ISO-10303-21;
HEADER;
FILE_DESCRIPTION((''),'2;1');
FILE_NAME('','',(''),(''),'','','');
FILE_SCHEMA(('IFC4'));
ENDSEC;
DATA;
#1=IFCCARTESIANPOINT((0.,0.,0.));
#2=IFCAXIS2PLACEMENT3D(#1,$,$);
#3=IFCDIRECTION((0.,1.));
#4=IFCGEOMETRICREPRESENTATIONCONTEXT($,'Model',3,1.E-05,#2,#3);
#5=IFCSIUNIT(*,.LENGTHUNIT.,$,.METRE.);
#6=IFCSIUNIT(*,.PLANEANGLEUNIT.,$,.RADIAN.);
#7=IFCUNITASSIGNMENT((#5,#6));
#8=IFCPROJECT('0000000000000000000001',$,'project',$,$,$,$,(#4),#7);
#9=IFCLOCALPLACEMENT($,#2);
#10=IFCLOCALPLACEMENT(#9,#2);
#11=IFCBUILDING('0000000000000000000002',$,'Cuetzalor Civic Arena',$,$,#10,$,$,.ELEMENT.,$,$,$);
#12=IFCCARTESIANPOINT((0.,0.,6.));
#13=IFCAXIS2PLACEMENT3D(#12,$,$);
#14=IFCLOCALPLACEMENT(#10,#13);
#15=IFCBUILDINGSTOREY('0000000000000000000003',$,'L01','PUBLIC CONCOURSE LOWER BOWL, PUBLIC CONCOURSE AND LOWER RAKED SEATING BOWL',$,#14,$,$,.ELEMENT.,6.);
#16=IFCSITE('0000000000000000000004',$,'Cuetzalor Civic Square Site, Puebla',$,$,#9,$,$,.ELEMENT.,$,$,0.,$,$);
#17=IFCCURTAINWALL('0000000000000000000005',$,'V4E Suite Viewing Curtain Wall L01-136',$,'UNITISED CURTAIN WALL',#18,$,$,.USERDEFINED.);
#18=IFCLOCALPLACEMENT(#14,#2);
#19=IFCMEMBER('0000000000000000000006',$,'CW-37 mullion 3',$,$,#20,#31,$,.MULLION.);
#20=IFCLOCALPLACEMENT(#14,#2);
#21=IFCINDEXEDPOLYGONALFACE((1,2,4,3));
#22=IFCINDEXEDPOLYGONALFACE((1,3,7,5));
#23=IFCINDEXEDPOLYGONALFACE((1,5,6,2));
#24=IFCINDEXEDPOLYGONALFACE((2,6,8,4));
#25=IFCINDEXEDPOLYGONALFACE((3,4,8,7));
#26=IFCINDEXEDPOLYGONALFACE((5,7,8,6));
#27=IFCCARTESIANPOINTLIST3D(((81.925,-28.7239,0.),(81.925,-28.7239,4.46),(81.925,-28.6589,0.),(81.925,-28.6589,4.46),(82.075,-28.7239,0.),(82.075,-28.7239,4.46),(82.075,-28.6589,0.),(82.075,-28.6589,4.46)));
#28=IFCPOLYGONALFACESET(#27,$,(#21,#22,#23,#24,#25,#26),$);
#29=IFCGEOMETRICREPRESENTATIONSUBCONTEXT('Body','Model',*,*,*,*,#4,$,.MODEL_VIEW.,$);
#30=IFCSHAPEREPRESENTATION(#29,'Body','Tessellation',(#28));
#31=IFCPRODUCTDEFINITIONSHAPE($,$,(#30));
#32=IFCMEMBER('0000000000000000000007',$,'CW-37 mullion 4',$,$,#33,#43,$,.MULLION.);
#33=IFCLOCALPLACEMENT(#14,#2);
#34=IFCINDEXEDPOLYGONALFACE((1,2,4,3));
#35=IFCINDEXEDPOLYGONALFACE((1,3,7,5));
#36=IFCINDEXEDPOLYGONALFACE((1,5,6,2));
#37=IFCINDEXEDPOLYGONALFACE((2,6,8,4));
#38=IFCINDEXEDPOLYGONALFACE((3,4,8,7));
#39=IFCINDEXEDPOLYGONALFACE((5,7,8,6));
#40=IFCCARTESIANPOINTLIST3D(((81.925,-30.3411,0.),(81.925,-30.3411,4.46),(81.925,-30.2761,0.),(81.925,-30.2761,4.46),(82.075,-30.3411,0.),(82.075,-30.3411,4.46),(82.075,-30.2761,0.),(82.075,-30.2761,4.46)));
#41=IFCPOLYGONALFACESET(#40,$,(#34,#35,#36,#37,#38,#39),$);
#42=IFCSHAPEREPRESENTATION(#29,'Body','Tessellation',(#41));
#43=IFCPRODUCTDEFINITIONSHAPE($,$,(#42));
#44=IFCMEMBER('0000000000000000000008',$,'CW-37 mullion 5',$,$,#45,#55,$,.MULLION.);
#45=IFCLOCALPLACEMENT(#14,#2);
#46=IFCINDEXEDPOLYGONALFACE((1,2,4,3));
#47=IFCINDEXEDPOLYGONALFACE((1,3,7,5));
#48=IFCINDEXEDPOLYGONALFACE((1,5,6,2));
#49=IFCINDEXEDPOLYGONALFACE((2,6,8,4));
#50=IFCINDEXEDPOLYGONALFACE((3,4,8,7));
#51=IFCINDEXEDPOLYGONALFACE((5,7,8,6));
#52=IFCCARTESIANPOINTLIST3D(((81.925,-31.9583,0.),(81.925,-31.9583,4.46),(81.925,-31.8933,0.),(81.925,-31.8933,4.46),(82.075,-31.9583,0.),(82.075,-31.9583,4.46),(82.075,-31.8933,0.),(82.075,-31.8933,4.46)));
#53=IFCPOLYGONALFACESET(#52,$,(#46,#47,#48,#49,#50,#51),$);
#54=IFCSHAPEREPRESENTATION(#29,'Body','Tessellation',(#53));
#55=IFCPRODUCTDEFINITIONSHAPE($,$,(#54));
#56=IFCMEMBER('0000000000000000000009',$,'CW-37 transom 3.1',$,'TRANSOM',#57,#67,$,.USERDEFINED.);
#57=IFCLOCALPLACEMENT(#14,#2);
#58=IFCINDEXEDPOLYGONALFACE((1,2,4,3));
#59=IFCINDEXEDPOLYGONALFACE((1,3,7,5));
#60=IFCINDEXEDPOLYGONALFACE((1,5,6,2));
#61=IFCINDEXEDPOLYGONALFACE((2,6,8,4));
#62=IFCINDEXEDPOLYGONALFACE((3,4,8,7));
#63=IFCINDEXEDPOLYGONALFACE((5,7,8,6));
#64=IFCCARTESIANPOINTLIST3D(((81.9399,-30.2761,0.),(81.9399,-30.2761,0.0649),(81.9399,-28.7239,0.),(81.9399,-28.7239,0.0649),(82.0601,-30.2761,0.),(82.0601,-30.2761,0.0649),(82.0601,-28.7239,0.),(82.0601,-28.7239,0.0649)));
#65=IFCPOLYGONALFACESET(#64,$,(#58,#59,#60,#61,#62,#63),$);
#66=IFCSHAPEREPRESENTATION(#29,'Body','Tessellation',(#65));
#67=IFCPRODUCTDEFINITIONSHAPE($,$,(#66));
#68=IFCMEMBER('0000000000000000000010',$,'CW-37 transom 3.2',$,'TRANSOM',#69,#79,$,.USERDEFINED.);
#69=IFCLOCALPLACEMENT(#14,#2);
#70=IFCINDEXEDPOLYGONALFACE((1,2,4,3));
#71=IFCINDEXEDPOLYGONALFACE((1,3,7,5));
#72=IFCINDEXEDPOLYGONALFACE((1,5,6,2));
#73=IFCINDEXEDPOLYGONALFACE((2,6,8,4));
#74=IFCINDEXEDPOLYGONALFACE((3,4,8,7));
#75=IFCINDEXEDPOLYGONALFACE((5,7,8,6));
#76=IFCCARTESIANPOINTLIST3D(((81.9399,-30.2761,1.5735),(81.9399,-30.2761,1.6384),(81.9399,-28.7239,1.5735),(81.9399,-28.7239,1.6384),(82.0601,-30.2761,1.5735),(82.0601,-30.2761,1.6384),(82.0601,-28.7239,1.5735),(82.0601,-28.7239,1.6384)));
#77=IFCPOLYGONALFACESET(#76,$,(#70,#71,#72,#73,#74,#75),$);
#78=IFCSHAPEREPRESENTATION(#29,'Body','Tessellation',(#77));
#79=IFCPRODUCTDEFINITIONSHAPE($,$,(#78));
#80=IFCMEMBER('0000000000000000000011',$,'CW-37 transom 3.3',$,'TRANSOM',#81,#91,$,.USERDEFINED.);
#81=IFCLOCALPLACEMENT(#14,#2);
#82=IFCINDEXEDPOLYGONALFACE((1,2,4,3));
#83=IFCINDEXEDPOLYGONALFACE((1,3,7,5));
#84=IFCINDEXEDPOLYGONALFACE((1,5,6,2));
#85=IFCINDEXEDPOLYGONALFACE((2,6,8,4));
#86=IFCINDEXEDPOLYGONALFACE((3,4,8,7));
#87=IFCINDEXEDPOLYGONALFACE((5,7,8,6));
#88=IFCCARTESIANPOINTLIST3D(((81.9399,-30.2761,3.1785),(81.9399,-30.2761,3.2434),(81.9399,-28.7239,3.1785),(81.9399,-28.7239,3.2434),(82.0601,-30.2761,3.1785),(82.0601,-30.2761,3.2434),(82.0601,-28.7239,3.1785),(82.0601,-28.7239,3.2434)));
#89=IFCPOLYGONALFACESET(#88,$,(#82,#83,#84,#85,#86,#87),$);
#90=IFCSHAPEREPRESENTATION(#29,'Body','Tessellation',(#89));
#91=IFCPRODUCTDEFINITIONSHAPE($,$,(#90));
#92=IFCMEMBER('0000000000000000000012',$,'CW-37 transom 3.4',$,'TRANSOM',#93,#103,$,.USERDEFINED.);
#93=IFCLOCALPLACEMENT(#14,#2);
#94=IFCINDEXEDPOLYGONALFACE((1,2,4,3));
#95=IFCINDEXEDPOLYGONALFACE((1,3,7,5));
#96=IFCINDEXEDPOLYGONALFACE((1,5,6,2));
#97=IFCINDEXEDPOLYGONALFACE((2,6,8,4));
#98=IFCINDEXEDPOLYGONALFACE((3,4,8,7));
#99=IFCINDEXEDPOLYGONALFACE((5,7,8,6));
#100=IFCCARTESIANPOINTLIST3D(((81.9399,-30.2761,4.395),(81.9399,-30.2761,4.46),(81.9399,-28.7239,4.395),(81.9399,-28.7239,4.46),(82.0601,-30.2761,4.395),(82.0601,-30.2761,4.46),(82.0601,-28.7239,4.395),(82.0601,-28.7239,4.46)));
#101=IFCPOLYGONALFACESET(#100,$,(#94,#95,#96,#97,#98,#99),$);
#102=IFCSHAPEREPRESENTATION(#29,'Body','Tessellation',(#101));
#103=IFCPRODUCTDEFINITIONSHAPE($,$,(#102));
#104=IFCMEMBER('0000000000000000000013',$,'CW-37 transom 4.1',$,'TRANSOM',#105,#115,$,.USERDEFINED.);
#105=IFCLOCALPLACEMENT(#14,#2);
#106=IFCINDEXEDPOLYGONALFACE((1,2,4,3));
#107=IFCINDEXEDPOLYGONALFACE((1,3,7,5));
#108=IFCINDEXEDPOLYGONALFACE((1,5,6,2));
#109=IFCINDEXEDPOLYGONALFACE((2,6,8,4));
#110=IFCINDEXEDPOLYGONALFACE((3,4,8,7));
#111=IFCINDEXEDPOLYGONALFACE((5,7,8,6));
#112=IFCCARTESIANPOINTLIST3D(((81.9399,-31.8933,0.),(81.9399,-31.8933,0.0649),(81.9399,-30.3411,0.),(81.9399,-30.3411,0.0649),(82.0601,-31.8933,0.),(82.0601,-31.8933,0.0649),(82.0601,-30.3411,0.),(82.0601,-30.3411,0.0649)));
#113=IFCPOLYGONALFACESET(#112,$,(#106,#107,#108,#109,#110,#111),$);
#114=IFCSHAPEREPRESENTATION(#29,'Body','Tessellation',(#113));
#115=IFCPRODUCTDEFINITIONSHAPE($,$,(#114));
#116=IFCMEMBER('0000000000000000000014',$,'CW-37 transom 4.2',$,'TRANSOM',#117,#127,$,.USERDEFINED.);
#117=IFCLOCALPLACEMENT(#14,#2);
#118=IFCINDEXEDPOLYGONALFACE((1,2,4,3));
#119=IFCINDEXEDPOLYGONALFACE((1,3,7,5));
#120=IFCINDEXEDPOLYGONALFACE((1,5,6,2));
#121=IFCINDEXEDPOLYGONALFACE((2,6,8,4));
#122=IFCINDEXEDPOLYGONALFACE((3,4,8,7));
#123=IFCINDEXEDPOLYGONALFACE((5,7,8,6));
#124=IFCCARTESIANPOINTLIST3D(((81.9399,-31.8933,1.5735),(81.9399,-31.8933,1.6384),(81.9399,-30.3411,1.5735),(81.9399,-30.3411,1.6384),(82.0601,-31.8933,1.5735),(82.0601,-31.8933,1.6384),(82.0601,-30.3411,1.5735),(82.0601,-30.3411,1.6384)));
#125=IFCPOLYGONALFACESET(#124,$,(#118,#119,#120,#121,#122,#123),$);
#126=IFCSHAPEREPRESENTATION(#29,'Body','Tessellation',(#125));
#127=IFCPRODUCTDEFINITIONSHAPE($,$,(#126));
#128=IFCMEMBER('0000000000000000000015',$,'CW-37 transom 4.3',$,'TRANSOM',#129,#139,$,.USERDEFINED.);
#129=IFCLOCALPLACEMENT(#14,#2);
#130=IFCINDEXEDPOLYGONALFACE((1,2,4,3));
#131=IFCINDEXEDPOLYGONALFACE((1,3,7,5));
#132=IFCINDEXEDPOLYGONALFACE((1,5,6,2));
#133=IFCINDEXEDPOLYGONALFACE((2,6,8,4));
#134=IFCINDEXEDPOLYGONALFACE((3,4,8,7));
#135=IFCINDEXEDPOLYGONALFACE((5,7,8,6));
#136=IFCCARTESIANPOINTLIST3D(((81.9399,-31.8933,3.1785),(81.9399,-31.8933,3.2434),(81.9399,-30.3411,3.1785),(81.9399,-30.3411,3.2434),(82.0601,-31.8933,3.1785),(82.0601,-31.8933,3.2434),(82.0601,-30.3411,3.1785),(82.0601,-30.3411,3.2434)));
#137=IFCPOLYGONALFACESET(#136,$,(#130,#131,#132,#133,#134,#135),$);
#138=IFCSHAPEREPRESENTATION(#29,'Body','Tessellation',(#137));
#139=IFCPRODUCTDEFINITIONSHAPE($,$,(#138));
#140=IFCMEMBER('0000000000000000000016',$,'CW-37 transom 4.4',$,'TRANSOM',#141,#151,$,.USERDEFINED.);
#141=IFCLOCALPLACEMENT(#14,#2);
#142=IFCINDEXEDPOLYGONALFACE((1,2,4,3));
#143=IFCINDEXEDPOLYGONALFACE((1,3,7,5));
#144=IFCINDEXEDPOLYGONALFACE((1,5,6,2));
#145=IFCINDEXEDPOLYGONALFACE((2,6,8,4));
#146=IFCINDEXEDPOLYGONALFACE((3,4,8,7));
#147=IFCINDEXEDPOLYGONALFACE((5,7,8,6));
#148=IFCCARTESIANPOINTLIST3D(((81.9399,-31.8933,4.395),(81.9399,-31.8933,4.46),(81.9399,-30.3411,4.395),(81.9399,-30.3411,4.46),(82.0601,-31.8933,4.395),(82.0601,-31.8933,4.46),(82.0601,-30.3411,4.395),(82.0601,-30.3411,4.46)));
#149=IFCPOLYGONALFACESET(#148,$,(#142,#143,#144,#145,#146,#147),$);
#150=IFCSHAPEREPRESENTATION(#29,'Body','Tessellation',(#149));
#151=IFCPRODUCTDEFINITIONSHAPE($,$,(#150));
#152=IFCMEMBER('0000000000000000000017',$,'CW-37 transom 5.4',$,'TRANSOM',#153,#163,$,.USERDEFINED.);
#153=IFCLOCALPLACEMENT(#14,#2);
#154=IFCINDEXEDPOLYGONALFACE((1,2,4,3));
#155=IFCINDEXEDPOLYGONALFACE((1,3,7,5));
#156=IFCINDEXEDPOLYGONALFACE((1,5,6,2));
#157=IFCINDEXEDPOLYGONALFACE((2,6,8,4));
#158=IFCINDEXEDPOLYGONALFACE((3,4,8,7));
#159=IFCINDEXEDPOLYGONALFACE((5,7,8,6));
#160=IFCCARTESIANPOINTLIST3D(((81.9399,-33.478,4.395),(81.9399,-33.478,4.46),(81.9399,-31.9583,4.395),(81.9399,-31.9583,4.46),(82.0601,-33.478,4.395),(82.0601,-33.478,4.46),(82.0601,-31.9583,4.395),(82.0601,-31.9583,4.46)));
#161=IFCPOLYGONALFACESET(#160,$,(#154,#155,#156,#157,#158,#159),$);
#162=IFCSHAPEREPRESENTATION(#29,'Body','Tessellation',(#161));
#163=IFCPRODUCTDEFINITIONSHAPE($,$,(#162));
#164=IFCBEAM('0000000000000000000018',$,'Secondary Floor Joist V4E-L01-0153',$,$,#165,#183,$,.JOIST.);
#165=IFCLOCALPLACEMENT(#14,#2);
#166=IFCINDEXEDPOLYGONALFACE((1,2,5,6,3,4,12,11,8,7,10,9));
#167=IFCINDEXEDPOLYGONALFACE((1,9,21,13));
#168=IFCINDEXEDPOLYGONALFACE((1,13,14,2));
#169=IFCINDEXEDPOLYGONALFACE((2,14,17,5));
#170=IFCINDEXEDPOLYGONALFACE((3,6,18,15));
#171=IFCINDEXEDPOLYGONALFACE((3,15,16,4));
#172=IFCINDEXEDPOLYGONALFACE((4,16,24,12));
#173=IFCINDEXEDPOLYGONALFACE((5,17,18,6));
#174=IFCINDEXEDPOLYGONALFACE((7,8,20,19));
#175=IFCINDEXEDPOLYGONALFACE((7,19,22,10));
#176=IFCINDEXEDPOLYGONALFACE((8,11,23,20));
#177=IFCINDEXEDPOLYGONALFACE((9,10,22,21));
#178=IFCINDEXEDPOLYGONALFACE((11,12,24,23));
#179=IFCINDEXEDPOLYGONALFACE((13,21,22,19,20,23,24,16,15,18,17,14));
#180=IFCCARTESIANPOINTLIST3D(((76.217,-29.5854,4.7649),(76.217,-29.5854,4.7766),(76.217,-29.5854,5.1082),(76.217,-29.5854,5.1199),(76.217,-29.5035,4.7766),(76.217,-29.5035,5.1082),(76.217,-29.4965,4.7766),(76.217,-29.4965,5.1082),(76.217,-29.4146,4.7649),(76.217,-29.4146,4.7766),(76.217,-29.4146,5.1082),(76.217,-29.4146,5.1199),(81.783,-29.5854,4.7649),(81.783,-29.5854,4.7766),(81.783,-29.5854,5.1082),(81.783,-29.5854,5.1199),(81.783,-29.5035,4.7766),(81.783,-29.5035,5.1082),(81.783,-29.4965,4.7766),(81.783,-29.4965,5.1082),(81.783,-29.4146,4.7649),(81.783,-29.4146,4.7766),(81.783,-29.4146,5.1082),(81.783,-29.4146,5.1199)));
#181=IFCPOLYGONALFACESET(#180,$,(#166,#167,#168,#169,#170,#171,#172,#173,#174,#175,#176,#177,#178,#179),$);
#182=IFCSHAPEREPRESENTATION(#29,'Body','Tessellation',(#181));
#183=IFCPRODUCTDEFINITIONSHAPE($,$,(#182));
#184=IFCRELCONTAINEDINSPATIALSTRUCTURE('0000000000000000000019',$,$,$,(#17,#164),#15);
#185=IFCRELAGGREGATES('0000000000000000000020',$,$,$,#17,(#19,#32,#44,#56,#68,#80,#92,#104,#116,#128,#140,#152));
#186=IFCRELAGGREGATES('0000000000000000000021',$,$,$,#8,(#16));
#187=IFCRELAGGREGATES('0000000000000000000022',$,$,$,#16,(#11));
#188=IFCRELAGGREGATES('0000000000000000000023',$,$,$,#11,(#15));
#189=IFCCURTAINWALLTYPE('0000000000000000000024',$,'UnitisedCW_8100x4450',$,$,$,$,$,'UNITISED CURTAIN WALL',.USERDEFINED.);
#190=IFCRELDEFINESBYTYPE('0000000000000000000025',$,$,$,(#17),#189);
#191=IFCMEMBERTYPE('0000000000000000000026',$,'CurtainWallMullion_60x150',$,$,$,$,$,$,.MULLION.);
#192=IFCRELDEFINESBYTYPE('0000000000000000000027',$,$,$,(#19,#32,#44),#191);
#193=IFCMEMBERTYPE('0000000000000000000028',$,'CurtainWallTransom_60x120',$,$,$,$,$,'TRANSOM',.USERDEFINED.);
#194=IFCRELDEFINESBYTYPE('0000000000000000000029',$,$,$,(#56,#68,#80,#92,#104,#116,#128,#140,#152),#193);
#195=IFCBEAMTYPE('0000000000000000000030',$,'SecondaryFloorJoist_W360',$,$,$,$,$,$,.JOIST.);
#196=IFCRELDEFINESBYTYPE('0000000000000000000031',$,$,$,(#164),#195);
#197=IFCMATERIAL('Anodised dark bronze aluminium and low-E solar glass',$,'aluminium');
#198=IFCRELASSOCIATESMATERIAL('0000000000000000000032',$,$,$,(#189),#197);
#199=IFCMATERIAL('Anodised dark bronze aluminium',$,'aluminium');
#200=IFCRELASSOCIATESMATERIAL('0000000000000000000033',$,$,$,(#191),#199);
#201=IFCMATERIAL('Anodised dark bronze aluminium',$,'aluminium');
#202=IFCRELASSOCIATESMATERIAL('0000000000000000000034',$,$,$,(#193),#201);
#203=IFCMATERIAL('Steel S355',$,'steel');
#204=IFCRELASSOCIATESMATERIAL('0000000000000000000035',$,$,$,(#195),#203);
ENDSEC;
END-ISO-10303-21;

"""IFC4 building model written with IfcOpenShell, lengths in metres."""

from ifc_helpers import new_model, si_unit, direction, frame, origin, origin_2d, place, context, subcontext, project, spatial, rectangle, i_section, extrude, material, material_profile, profile_set, type_object, element, aggregate, save


model = new_model("IFC4")

# Units and contexts
model_context = context("Model", 3, precision=1e-05, world=origin(), true_north=direction((0.0, 1.0)))
body_context = subcontext(model_context, "Body", "Model", "MODEL_VIEW")
ifc_project = project(units=[si_unit("LENGTHUNIT", "METRE"), si_unit("PLANEANGLEUNIT", "RADIAN")], contexts=[model_context])

# Site, building, storey
site_placement = place(None, origin())
site = spatial("IfcSite", under=ifc_project, at=site_placement, Name="Cuetzalor Civic Square Site, Puebla", CompositionType="ELEMENT", RefElevation=0.0)
building_placement = place(site_placement, origin())
building = spatial("IfcBuilding", under=site, at=building_placement, Name="Cuetzalor Civic Arena", CompositionType="ELEMENT")
storey_placement = place(building_placement, frame((0.0, 0.0, 6.0)))
storey = spatial("IfcBuildingStorey", under=building, at=storey_placement, Name="L01", Description="PUBLIC CONCOURSE LOWER BOWL, PUBLIC CONCOURSE AND LOWER RAKED SEATING BOWL", CompositionType="ELEMENT", Elevation=6.0)

# Curtain wall, members
ifc_material_1 = material(Name="Anodised dark bronze aluminium and low-E solar glass", Category="aluminium")
curtain_wall_type = type_object("IfcCurtainWallType", Name="UnitisedCW_8100x4450", ElementType="UNITISED CURTAIN WALL", PredefinedType="USERDEFINED", material=ifc_material_1)
curtain_wall_placement = place(storey_placement, origin())
curtain_wall = element("IfcCurtainWall", 1, at=curtain_wall_placement, inside=storey, type_object=curtain_wall_type, Name="V4E Suite Viewing Curtain Wall L01-136", ObjectType="UNITISED CURTAIN WALL", PredefinedType="USERDEFINED")
ifc_material_2 = material(Name="Anodised dark bronze aluminium", Category="aluminium")
ifc_material_profile_1 = material_profile(ifc_material_2, rectangle(XDim=0.0649, YDim=0.1499, at=origin_2d()), Name="ALU MULLION 65x150")
ifc_profile_set_1 = profile_set([ifc_material_profile_1], Name="Anodised dark bronze aluminium")
member_type_1 = type_object("IfcMemberType", Name="CurtainWallMullion_60x150", PredefinedType="MULLION", material=ifc_profile_set_1)
member_1_placement = place(storey_placement, frame((82.0, -28.6914, 0.0), z_axis=(0.0, 0.0, 1.0), x_axis=(0.0, -1.0, 0.0)))
member_1 = element("IfcMember", 2, at=member_1_placement, type_object=member_type_1, Name="CW-37 mullion 3", PredefinedType="MULLION", context=body_context, shape_type="SweptSolid", body=[
    extrude(rectangle(XDim=0.0649, YDim=0.1499, at=origin_2d()), origin(), (0.0, 0.0, 1.0), 4.46),
])
member_2_placement = place(storey_placement, frame((82.0, -30.3086, 0.0), z_axis=(0.0, 0.0, 1.0), x_axis=(0.0, -1.0, 0.0)))
member_2 = element("IfcMember", 3, at=member_2_placement, type_object=member_type_1, Name="CW-37 mullion 4", PredefinedType="MULLION", context=body_context, shape_type="SweptSolid", body=[
    extrude(rectangle(XDim=0.0649, YDim=0.1499, at=origin_2d()), origin(), (0.0, 0.0, 1.0), 4.46),
])
member_3_placement = place(storey_placement, frame((82.0, -31.9258, 0.0), z_axis=(0.0, 0.0, 1.0), x_axis=(0.0, -1.0, 0.0)))
member_3 = element("IfcMember", 4, at=member_3_placement, type_object=member_type_1, Name="CW-37 mullion 5", PredefinedType="MULLION", context=body_context, shape_type="SweptSolid", body=[
    extrude(rectangle(XDim=0.0649, YDim=0.1499, at=origin_2d()), origin(), (0.0, 0.0, 1.0), 4.46),
])
ifc_material_3 = material(Name="Anodised dark bronze aluminium", Category="aluminium")
ifc_material_profile_2 = material_profile(ifc_material_3, rectangle(XDim=0.1201, YDim=0.0649, at=origin_2d()), Name="ALU TRANSOM 65x120")
ifc_profile_set_2 = profile_set([ifc_material_profile_2], Name="Anodised dark bronze aluminium")
member_type_2 = type_object("IfcMemberType", Name="CurtainWallTransom_60x120", ElementType="TRANSOM", PredefinedType="USERDEFINED", material=ifc_profile_set_2)
member_4_placement = place(storey_placement, frame((82.0, -28.7239, 0.0325), z_axis=(0.0, -1.0, 0.0), x_axis=(1.0, 0.0, 0.0)))
member_4 = element("IfcMember", 5, at=member_4_placement, type_object=member_type_2, Name="CW-37 transom 3.1", ObjectType="TRANSOM", PredefinedType="USERDEFINED", context=body_context, shape_type="SweptSolid", body=[
    extrude(rectangle(XDim=0.1201, YDim=0.0649, at=origin_2d()), origin(), (0.0, 0.0, 1.0), 1.5522),
])
member_5_placement = place(storey_placement, frame((82.0, -28.7239, 1.606), z_axis=(0.0, -1.0, 0.0), x_axis=(1.0, 0.0, 0.0)))
member_5 = element("IfcMember", 6, at=member_5_placement, type_object=member_type_2, Name="CW-37 transom 3.2", ObjectType="TRANSOM", PredefinedType="USERDEFINED", context=body_context, shape_type="SweptSolid", body=[
    extrude(rectangle(XDim=0.1201, YDim=0.0649, at=origin_2d()), origin(), (0.0, 0.0, 1.0), 1.5522),
])
member_6_placement = place(storey_placement, frame((82.0, -28.7239, 3.2109), z_axis=(0.0, -1.0, 0.0), x_axis=(1.0, 0.0, 0.0)))
member_6 = element("IfcMember", 7, at=member_6_placement, type_object=member_type_2, Name="CW-37 transom 3.3", ObjectType="TRANSOM", PredefinedType="USERDEFINED", context=body_context, shape_type="SweptSolid", body=[
    extrude(rectangle(XDim=0.1201, YDim=0.0649, at=origin_2d()), origin(), (0.0, 0.0, 1.0), 1.5522),
])
member_7_placement = place(storey_placement, frame((82.0, -28.7239, 4.4275), z_axis=(0.0, -1.0, 0.0), x_axis=(1.0, 0.0, 0.0)))
member_7 = element("IfcMember", 8, at=member_7_placement, type_object=member_type_2, Name="CW-37 transom 3.4", ObjectType="TRANSOM", PredefinedType="USERDEFINED", context=body_context, shape_type="SweptSolid", body=[
    extrude(rectangle(XDim=0.1201, YDim=0.0649, at=origin_2d()), origin(), (0.0, 0.0, 1.0), 1.5522),
])
member_8_placement = place(storey_placement, frame((82.0, -30.3411, 0.0325), z_axis=(0.0, -1.0, 0.0), x_axis=(1.0, 0.0, 0.0)))
member_8 = element("IfcMember", 9, at=member_8_placement, type_object=member_type_2, Name="CW-37 transom 4.1", ObjectType="TRANSOM", PredefinedType="USERDEFINED", context=body_context, shape_type="SweptSolid", body=[
    extrude(rectangle(XDim=0.1201, YDim=0.0649, at=origin_2d()), origin(), (0.0, 0.0, 1.0), 1.5522),
])
member_9_placement = place(storey_placement, frame((82.0, -30.3411, 1.606), z_axis=(0.0, -1.0, 0.0), x_axis=(1.0, 0.0, 0.0)))
member_9 = element("IfcMember", 10, at=member_9_placement, type_object=member_type_2, Name="CW-37 transom 4.2", ObjectType="TRANSOM", PredefinedType="USERDEFINED", context=body_context, shape_type="SweptSolid", body=[
    extrude(rectangle(XDim=0.1201, YDim=0.0649, at=origin_2d()), origin(), (0.0, 0.0, 1.0), 1.5522),
])
member_10_placement = place(storey_placement, frame((82.0, -30.3411, 3.2109), z_axis=(0.0, -1.0, 0.0), x_axis=(1.0, 0.0, 0.0)))
member_10 = element("IfcMember", 11, at=member_10_placement, type_object=member_type_2, Name="CW-37 transom 4.3", ObjectType="TRANSOM", PredefinedType="USERDEFINED", context=body_context, shape_type="SweptSolid", body=[
    extrude(rectangle(XDim=0.1201, YDim=0.0649, at=origin_2d()), origin(), (0.0, 0.0, 1.0), 1.5522),
])
member_11_placement = place(storey_placement, frame((82.0, -30.3411, 4.4275), z_axis=(0.0, -1.0, 0.0), x_axis=(1.0, 0.0, 0.0)))
member_11 = element("IfcMember", 12, at=member_11_placement, type_object=member_type_2, Name="CW-37 transom 4.4", ObjectType="TRANSOM", PredefinedType="USERDEFINED", context=body_context, shape_type="SweptSolid", body=[
    extrude(rectangle(XDim=0.1201, YDim=0.0649, at=origin_2d()), origin(), (0.0, 0.0, 1.0), 1.5522),
])
member_12_placement = place(storey_placement, frame((82.0, -31.9583, 4.4275), z_axis=(0.0, -1.0, 0.0), x_axis=(1.0, 0.0, 0.0)))
member_12 = element("IfcMember", 13, at=member_12_placement, type_object=member_type_2, Name="CW-37 transom 5.4", ObjectType="TRANSOM", PredefinedType="USERDEFINED", context=body_context, shape_type="SweptSolid", body=[
    extrude(rectangle(XDim=0.1201, YDim=0.0649, at=origin_2d()), origin(), (0.0, 0.0, 1.0), 1.5198),
])

# Beam
ifc_material_4 = material(Name="Steel S355", Category="steel")
ifc_material_profile_3 = material_profile(ifc_material_4, i_section(OverallWidth=0.1709, OverallDepth=0.355, WebThickness=0.0071, FlangeThickness=0.0117, at=origin_2d()), Name="W360x51")
ifc_profile_set_3 = profile_set([ifc_material_profile_3], Name="Steel S355")
beam_type = type_object("IfcBeamType", Name="SecondaryFloorJoist_W360", PredefinedType="JOIST", material=ifc_profile_set_3)
beam_placement = place(storey_placement, frame((76.217, -29.5, 4.9424), z_axis=(1.0, 0.0, 0.0), x_axis=(0.0, 1.0, 0.0)))
element("IfcBeam", 14, at=beam_placement, inside=storey, type_object=beam_type, Name="Secondary Floor Joist V4E-L01-0153", PredefinedType="JOIST", context=body_context, shape_type="SweptSolid", body=[
    extrude(i_section(OverallWidth=0.1709, OverallDepth=0.355, WebThickness=0.0071, FlangeThickness=0.0117, at=origin_2d()), origin(), (0.0, 0.0, 1.0), 5.5659),
])

aggregate(curtain_wall, [member_1, member_2, member_3, member_4, member_5, member_6, member_7, member_8, member_9, member_10, member_11, member_12])

save(model, "model.ifc")
